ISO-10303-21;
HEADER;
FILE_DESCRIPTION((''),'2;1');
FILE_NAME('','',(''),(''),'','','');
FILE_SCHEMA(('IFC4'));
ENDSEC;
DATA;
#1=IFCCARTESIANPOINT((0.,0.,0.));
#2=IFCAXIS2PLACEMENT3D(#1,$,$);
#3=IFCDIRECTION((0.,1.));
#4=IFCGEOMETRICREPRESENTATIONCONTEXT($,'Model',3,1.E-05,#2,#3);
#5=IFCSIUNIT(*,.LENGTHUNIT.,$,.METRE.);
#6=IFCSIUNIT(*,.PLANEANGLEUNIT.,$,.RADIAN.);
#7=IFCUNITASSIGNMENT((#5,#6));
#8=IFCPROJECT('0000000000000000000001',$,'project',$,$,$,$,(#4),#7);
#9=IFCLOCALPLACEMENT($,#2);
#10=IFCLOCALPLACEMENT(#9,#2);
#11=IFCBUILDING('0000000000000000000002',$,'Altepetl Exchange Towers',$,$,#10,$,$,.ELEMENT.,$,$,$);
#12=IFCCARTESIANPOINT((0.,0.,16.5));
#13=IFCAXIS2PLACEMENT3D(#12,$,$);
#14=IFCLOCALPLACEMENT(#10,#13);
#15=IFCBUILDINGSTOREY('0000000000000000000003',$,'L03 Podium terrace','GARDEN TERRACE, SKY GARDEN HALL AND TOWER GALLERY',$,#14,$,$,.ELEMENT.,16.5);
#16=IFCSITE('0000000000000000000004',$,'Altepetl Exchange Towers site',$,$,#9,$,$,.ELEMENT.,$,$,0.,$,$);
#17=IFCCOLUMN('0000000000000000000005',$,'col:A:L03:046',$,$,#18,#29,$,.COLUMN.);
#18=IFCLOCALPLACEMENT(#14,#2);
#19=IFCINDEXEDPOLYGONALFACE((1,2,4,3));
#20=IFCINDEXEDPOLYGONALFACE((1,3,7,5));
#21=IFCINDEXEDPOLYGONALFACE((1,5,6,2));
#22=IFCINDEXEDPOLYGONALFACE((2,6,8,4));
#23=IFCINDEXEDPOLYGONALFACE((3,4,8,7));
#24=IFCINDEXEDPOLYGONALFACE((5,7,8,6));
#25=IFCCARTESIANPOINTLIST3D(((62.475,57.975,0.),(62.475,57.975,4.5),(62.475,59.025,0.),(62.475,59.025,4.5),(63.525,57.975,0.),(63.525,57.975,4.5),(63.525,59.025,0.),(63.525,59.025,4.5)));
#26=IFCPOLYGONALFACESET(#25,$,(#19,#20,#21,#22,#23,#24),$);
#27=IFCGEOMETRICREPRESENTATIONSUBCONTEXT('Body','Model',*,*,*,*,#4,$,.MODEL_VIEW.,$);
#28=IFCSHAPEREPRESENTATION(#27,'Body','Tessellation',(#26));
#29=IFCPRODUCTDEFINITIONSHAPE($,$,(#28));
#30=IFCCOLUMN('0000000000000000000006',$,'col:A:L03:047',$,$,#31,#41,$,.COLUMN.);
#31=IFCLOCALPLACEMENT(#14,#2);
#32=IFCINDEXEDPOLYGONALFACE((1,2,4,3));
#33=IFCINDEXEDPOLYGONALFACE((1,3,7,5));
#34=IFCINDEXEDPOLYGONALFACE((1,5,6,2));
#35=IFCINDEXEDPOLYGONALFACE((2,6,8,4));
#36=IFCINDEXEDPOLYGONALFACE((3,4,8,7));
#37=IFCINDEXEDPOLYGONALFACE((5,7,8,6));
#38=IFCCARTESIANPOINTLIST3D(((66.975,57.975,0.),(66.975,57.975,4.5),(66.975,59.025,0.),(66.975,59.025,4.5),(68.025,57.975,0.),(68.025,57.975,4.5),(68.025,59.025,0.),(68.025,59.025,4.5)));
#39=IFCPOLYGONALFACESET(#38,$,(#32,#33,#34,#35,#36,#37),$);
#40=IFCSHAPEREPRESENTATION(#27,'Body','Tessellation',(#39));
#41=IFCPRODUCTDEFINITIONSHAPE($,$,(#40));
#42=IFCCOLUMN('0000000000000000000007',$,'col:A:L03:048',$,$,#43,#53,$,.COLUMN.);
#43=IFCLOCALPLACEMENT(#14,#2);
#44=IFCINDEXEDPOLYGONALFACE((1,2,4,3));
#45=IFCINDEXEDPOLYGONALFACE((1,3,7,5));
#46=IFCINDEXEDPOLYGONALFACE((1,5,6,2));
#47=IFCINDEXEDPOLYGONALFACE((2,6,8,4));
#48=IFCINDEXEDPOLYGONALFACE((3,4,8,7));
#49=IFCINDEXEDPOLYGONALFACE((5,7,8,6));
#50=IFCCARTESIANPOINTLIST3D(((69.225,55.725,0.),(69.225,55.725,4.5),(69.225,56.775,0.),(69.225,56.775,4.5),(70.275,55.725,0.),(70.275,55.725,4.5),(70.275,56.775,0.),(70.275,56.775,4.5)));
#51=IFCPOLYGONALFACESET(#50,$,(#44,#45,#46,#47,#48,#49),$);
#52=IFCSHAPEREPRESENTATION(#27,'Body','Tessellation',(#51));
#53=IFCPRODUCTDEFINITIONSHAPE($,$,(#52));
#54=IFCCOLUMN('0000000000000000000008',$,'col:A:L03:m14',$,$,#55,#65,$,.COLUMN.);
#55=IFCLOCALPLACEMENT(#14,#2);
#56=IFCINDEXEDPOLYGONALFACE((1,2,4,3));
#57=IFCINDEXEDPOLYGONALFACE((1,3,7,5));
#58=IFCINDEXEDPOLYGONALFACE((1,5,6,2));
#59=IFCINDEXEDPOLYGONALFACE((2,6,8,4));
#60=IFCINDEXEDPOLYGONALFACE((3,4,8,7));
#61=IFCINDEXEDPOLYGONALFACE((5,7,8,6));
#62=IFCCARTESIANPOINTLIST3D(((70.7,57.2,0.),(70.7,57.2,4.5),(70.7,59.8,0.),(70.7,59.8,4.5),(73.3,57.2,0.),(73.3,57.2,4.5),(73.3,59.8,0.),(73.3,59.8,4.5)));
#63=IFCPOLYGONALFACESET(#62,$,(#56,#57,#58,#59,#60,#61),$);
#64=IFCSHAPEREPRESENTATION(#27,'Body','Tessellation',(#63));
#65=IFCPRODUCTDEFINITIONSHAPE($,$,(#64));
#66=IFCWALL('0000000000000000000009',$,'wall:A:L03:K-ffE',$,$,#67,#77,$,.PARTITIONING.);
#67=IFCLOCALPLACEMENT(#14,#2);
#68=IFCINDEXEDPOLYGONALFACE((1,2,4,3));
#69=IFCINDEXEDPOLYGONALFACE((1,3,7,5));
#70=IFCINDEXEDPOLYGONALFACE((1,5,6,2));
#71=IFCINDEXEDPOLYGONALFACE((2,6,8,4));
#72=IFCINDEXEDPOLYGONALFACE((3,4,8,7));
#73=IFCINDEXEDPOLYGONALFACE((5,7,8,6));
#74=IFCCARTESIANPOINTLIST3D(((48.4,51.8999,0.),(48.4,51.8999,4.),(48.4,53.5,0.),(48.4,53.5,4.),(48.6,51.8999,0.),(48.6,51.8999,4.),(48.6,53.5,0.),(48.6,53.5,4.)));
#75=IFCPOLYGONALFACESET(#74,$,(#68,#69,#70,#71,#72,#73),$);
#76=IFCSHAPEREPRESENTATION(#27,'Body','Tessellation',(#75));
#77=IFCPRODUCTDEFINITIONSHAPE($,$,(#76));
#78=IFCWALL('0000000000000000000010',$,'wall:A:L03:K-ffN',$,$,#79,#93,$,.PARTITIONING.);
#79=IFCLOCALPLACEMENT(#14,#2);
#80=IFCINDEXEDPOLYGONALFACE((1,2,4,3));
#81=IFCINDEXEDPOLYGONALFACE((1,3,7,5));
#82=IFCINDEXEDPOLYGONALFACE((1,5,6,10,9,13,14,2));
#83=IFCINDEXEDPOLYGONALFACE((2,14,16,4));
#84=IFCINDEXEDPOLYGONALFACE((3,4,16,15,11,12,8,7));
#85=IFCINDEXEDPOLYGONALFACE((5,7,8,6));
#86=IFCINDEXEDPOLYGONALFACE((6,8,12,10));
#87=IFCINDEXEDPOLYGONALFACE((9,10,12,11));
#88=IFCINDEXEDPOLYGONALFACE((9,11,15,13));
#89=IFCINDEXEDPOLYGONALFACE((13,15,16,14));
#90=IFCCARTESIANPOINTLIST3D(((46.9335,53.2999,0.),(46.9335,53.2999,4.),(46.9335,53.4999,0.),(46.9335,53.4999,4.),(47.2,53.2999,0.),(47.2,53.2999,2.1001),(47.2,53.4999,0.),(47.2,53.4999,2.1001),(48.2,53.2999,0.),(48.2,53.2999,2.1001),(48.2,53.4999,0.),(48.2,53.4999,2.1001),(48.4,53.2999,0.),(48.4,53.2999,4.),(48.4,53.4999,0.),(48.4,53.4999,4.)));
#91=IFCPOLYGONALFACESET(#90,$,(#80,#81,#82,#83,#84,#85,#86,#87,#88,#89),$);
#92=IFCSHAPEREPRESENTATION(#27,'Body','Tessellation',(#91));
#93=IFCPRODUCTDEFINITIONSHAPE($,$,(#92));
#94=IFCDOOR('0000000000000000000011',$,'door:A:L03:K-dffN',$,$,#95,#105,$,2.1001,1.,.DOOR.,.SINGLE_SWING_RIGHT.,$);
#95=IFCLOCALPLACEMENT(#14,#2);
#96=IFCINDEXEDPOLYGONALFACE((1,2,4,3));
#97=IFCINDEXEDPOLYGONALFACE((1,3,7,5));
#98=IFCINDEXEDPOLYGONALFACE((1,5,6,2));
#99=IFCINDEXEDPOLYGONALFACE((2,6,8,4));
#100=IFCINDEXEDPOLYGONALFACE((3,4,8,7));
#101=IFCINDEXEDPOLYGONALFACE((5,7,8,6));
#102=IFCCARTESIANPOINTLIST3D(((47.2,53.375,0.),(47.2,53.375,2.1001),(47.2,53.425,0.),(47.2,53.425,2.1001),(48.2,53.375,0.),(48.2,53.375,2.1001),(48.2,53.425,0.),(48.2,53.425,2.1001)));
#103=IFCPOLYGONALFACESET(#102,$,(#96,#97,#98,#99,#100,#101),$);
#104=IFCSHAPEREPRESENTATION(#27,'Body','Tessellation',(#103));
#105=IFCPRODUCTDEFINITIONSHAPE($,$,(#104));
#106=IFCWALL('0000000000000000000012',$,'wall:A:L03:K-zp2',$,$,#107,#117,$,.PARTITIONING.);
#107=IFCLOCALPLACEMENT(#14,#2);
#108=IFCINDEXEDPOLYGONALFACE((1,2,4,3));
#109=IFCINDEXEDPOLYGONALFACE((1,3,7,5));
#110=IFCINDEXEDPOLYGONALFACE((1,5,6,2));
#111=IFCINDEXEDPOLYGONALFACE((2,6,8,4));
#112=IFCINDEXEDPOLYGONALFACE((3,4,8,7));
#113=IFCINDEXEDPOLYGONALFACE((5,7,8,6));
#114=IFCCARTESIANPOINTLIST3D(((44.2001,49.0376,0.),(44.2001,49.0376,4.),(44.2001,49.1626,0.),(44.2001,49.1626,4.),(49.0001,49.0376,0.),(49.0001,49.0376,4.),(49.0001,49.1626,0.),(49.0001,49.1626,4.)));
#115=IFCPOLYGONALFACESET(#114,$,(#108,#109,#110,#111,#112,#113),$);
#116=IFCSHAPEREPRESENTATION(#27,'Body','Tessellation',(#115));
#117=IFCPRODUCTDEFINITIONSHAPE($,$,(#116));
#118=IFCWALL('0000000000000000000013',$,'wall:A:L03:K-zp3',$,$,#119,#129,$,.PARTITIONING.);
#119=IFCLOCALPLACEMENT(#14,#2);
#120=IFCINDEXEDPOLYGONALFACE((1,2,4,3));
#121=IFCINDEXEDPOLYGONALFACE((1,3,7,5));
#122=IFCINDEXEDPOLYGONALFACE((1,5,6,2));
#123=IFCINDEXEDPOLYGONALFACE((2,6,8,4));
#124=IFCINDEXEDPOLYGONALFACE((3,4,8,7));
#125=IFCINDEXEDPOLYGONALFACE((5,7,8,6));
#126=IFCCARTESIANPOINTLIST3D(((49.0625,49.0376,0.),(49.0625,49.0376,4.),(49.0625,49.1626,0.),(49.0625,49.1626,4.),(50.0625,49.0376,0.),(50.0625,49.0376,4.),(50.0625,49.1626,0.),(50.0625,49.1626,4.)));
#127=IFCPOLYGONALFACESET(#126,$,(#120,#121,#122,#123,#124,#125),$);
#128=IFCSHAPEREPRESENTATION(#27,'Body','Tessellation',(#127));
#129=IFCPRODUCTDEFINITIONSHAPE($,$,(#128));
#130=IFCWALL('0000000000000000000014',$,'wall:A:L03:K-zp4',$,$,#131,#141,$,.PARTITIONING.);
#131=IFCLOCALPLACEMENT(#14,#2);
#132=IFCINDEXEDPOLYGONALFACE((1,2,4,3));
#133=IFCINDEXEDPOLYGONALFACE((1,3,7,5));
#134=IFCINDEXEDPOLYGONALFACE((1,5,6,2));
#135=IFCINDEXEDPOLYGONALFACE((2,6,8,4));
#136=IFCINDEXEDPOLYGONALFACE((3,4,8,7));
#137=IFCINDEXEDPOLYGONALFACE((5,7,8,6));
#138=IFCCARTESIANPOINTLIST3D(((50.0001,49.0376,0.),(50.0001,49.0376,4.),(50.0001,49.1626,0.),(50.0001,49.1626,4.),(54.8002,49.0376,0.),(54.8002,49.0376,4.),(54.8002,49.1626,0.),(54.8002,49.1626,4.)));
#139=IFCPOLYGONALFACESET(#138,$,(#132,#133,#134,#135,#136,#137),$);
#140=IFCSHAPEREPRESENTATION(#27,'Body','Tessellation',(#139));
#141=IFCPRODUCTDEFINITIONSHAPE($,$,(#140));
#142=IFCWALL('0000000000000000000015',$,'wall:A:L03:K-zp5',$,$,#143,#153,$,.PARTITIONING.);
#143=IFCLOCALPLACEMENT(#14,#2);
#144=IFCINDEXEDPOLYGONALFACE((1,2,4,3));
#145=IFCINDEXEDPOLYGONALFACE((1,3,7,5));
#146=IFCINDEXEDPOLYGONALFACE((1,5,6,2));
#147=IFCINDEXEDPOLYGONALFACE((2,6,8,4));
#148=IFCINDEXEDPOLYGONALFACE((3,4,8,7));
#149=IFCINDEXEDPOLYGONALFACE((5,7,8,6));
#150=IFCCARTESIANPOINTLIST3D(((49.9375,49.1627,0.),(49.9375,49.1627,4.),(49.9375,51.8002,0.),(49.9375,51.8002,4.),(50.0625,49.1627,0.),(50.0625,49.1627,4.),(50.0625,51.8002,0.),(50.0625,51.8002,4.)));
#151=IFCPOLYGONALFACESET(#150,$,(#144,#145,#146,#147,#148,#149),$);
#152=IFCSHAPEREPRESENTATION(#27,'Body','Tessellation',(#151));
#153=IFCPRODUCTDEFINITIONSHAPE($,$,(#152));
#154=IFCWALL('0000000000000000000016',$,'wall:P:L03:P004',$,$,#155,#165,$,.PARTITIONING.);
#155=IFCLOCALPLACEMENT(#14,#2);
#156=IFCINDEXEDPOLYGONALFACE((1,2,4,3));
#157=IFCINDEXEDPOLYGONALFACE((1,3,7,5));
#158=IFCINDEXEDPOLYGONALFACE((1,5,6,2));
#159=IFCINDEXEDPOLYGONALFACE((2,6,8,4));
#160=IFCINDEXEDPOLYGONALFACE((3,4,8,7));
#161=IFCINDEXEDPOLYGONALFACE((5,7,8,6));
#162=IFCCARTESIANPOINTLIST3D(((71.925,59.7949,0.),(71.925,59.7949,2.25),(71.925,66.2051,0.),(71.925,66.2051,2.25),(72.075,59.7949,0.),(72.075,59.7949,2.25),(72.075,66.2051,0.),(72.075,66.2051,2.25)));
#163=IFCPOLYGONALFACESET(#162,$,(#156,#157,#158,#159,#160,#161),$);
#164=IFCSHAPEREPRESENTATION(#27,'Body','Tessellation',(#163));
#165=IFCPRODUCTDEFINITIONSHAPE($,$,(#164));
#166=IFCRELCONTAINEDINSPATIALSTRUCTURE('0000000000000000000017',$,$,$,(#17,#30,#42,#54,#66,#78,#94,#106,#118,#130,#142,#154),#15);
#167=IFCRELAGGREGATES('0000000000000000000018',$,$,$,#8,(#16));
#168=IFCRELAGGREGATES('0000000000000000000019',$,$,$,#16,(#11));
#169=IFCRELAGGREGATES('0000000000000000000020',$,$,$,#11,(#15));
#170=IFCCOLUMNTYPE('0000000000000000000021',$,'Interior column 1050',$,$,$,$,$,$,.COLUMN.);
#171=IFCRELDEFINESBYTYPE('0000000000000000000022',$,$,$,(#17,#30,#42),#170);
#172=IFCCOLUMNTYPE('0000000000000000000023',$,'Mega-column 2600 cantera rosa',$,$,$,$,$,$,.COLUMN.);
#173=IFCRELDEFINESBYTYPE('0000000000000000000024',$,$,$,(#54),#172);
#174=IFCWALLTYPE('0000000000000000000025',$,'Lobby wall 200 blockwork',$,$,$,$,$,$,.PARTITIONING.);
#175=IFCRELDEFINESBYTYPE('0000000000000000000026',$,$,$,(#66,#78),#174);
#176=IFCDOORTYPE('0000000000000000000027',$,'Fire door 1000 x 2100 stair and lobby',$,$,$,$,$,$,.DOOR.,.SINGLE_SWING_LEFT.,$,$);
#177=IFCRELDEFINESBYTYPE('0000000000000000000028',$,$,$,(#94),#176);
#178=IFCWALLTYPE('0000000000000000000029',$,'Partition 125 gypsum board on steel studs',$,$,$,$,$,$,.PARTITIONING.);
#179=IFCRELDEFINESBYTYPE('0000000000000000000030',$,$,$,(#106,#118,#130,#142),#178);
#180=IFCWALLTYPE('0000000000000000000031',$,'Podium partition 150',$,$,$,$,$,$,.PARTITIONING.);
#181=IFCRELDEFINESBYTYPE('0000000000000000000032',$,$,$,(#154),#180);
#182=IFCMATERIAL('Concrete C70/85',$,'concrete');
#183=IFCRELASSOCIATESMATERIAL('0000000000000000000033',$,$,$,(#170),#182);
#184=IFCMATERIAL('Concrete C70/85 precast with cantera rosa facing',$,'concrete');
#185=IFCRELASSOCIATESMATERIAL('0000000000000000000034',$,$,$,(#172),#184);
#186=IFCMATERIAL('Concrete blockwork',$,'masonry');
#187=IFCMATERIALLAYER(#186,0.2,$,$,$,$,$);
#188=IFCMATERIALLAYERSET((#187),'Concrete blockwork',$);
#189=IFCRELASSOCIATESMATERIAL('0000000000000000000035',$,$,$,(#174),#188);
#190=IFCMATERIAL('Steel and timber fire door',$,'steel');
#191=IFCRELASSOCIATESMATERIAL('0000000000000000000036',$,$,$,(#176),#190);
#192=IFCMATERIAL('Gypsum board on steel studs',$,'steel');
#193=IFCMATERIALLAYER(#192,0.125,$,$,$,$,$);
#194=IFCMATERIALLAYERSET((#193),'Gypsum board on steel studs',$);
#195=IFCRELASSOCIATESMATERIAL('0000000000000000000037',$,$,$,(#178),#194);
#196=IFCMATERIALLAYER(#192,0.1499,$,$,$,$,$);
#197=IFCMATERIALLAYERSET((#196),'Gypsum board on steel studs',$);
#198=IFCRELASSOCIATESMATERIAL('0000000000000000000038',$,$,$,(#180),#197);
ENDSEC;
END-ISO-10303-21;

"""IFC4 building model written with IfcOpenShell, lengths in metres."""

from ifc_helpers import new_model, si_unit, direction, frame, frame_2d, origin, origin_2d, place, context, subcontext, project, spatial, rectangle, extrude, material, layer, layer_set, material_profile, profile_set, type_object, element, fill, save


model = new_model("IFC4")

# Units and contexts
model_context = context("Model", 3, precision=1e-05, world=origin(), true_north=direction((0.0, 1.0)))
body_context = subcontext(model_context, "Body", "Model", "MODEL_VIEW")
ifc_project = project(units=[si_unit("LENGTHUNIT", "METRE"), si_unit("PLANEANGLEUNIT", "RADIAN")], contexts=[model_context])

# Site, building, storey
site_placement = place(None, origin())
site = spatial("IfcSite", under=ifc_project, at=site_placement, Name="Altepetl Exchange Towers site", CompositionType="ELEMENT", RefElevation=0.0)
building_placement = place(site_placement, origin())
building = spatial("IfcBuilding", under=site, at=building_placement, Name="Altepetl Exchange Towers", CompositionType="ELEMENT")
storey_placement = place(building_placement, frame((0.0, 0.0, 16.5)))
storey = spatial("IfcBuildingStorey", under=building, at=storey_placement, Name="L03 Podium terrace", Description="GARDEN TERRACE, SKY GARDEN HALL AND TOWER GALLERY", CompositionType="ELEMENT", Elevation=16.5)

# Columns
ifc_material_1 = material(Name="Concrete C70/85", Category="concrete")
ifc_material_profile_1 = material_profile(ifc_material_1, rectangle(XDim=1.05, YDim=1.05, at=origin_2d()), Name="1050 x 1050")
ifc_profile_set_1 = profile_set([ifc_material_profile_1], Name="Concrete C70/85")
column_type_1 = type_object("IfcColumnType", Name="Interior column 1050", PredefinedType="COLUMN", material=ifc_profile_set_1)
for number, where, name in (
    (1, (63.0, 58.5, 0.0), "col:A:L03:046"),
    (2, (67.5, 58.5, 0.0), "col:A:L03:047"),
    (3, (69.75, 56.25, 0.0), "col:A:L03:048"),
):
    element("IfcColumn", number, at=place(storey_placement, frame(where)), inside=storey, type_object=column_type_1, Name=name, PredefinedType="COLUMN", context=body_context, shape_type="SweptSolid", body=[
        extrude(rectangle(XDim=1.05, YDim=1.05, at=origin_2d()), origin(), (0.0, 0.0, 1.0), 4.5),
    ])
ifc_material_2 = material(Name="Concrete C70/85 precast with cantera rosa facing", Category="concrete")
ifc_material_profile_2 = material_profile(ifc_material_2, rectangle(XDim=2.6001, YDim=2.6001, at=origin_2d()), Name="2600 x 2600")
ifc_profile_set_2 = profile_set([ifc_material_profile_2], Name="Concrete C70/85 precast with cantera rosa facing")
column_type_2 = type_object("IfcColumnType", Name="Mega-column 2600 cantera rosa", PredefinedType="COLUMN", material=ifc_profile_set_2)
column_placement = place(storey_placement, frame((72.0, 58.5, 0.0)))
element("IfcColumn", 4, at=column_placement, inside=storey, type_object=column_type_2, Name="col:A:L03:m14", PredefinedType="COLUMN", context=body_context, shape_type="SweptSolid", body=[
    extrude(rectangle(XDim=2.6001, YDim=2.6001, at=origin_2d()), origin(), (0.0, 0.0, 1.0), 4.5),
])

# Wall
ifc_material_3 = material(Name="Concrete blockwork", Category="masonry")
ifc_layer_1 = layer(ifc_material_3, 0.2)
ifc_layer_set_1 = layer_set([ifc_layer_1], Name="Concrete blockwork")
wall_type_1 = type_object("IfcWallType", Name="Lobby wall 200 blockwork", PredefinedType="PARTITIONING", material=ifc_layer_set_1)
wall_1_placement = place(storey_placement, frame((48.5, 51.8999, 0.0), z_axis=(0.0, 0.0, 1.0), x_axis=(0.0, 1.0, 0.0)))
element("IfcWall", 5, at=wall_1_placement, inside=storey, type_object=wall_type_1, Name="wall:A:L03:K-ffE", PredefinedType="PARTITIONING", context=body_context, shape_type="SweptSolid", body=[
    extrude(rectangle(XDim=1.6001, YDim=0.2, at=frame_2d((0.8, 0.0))), origin(), (0.0, 0.0, 1.0), 4.0),
])

# Wall, opening, door
wall_2_placement = place(storey_placement, frame((46.9333, 53.3999, 0.0)))
wall_2 = element("IfcWall", 6, at=wall_2_placement, inside=storey, type_object=wall_type_1, Name="wall:A:L03:K-ffN", PredefinedType="PARTITIONING", context=body_context, shape_type="SweptSolid", body=[
    extrude(rectangle(XDim=1.4666, YDim=0.2, at=frame_2d((0.7334, 0.0))), origin(), (0.0, 0.0, 1.0), 4.0),
])
opening_1_placement = place(wall_2_placement, frame((0.2666, 0.0, 0.0)))
opening_1 = element("IfcOpeningElement", 7, at=opening_1_placement, cuts=wall_2, PredefinedType="OPENING", context=body_context, shape_type="SweptSolid", body=[
    extrude(rectangle(XDim=1.0, YDim=2.1001, at=frame_2d((0.5, 1.05))), frame((0.0, 0.1099, 0.0), z_axis=(0.0, -1.0, 0.0), x_axis=(1.0, 0.0, 0.0)), (0.0, 0.0, 1.0), 0.22),
])
ifc_material_4 = material(Name="Steel and timber fire door", Category="steel")
door_type_1 = type_object("IfcDoorType", Name="Fire door 1000 x 2100 stair and lobby", OperationType="SINGLE_SWING_LEFT", PredefinedType="DOOR", material=ifc_material_4)
door_1_placement = place(opening_1_placement, frame((1.0, 0.0, 0.0), x_axis=(-1.0, 0.0, 0.0)))
door_1 = element("IfcDoor", 8, at=door_1_placement, inside=storey, type_object=door_type_1, Name="door:A:L03:K-dffN", OperationType="SINGLE_SWING_RIGHT", OverallHeight=2.1001, OverallWidth=1.0, PredefinedType="DOOR", context=body_context, shape_type="SweptSolid", body=[
    extrude(rectangle(XDim=1.0, YDim=2.1001, at=frame_2d((0.5, 1.05))), frame((0.0, 0.0249, 0.0), z_axis=(0.0, -1.0, 0.0), x_axis=(1.0, 0.0, 0.0)), (0.0, 0.0, 1.0), 0.05),
])
fill(opening_1, door_1)

# Walls
ifc_material_5 = material(Name="Gypsum board on steel studs", Category="steel")
ifc_layer_2 = layer(ifc_material_5, 0.125)
ifc_layer_set_2 = layer_set([ifc_layer_2], Name="Gypsum board on steel studs")
wall_type_2 = type_object("IfcWallType", Name="Partition 125 gypsum board on steel studs", PredefinedType="PARTITIONING", material=ifc_layer_set_2)
wall_3_placement = place(storey_placement, frame((49.0, 49.1001, 0.0), z_axis=(0.0, 0.0, 1.0), x_axis=(-1.0, 0.0, 0.0)))
element("IfcWall", 9, at=wall_3_placement, inside=storey, type_object=wall_type_2, Name="wall:A:L03:K-zp2", PredefinedType="PARTITIONING", context=body_context, shape_type="SweptSolid", body=[
    extrude(rectangle(XDim=4.8, YDim=0.125, at=frame_2d((2.3999, 0.0))), origin(), (0.0, 0.0, 1.0), 4.0),
])
wall_4_placement = place(storey_placement, frame((50.0625, 49.1001, 0.0), z_axis=(0.0, 0.0, 1.0), x_axis=(-1.0, 0.0, 0.0)))
element("IfcWall", 10, at=wall_4_placement, inside=storey, type_object=wall_type_2, Name="wall:A:L03:K-zp3", PredefinedType="PARTITIONING", context=body_context, shape_type="SweptSolid", body=[
    extrude(rectangle(XDim=1.0, YDim=0.125, at=frame_2d((0.5, 0.0))), origin(), (0.0, 0.0, 1.0), 4.0),
])
wall_5_placement = place(storey_placement, frame((54.8, 49.1001, 0.0), z_axis=(0.0, 0.0, 1.0), x_axis=(-1.0, 0.0, 0.0)))
element("IfcWall", 11, at=wall_5_placement, inside=storey, type_object=wall_type_2, Name="wall:A:L03:K-zp4", PredefinedType="PARTITIONING", context=body_context, shape_type="SweptSolid", body=[
    extrude(rectangle(XDim=4.8, YDim=0.125, at=frame_2d((2.3999, 0.0))), origin(), (0.0, 0.0, 1.0), 4.0),
])
wall_6_placement = place(storey_placement, frame((50.0, 49.1626, 0.0), z_axis=(0.0, 0.0, 1.0), x_axis=(0.0, 1.0, 0.0)))
element("IfcWall", 12, at=wall_6_placement, inside=storey, type_object=wall_type_2, Name="wall:A:L03:K-zp5", PredefinedType="PARTITIONING", context=body_context, shape_type="SweptSolid", body=[
    extrude(rectangle(XDim=2.6375, YDim=0.125, at=frame_2d((1.3188, 0.0))), origin(), (0.0, 0.0, 1.0), 4.0),
])
ifc_layer_3 = layer(ifc_material_5, 0.1499)
ifc_layer_set_3 = layer_set([ifc_layer_3], Name="Gypsum board on steel studs")
wall_type_3 = type_object("IfcWallType", Name="Podium partition 150", PredefinedType="PARTITIONING", material=ifc_layer_set_3)
wall_7_placement = place(storey_placement, frame((72.0, 59.7949, 0.0), z_axis=(0.0, 0.0, 1.0), x_axis=(0.0, 1.0, 0.0)))
element("IfcWall", 13, at=wall_7_placement, inside=storey, type_object=wall_type_3, Name="wall:P:L03:P004", PredefinedType="PARTITIONING", context=body_context, shape_type="SweptSolid", body=[
    extrude(rectangle(XDim=6.4102, YDim=0.1499, at=frame_2d((3.2051, 0.0))), origin(), (0.0, 0.0, 1.0), 2.25),
])

save(model, "model.ifc")
